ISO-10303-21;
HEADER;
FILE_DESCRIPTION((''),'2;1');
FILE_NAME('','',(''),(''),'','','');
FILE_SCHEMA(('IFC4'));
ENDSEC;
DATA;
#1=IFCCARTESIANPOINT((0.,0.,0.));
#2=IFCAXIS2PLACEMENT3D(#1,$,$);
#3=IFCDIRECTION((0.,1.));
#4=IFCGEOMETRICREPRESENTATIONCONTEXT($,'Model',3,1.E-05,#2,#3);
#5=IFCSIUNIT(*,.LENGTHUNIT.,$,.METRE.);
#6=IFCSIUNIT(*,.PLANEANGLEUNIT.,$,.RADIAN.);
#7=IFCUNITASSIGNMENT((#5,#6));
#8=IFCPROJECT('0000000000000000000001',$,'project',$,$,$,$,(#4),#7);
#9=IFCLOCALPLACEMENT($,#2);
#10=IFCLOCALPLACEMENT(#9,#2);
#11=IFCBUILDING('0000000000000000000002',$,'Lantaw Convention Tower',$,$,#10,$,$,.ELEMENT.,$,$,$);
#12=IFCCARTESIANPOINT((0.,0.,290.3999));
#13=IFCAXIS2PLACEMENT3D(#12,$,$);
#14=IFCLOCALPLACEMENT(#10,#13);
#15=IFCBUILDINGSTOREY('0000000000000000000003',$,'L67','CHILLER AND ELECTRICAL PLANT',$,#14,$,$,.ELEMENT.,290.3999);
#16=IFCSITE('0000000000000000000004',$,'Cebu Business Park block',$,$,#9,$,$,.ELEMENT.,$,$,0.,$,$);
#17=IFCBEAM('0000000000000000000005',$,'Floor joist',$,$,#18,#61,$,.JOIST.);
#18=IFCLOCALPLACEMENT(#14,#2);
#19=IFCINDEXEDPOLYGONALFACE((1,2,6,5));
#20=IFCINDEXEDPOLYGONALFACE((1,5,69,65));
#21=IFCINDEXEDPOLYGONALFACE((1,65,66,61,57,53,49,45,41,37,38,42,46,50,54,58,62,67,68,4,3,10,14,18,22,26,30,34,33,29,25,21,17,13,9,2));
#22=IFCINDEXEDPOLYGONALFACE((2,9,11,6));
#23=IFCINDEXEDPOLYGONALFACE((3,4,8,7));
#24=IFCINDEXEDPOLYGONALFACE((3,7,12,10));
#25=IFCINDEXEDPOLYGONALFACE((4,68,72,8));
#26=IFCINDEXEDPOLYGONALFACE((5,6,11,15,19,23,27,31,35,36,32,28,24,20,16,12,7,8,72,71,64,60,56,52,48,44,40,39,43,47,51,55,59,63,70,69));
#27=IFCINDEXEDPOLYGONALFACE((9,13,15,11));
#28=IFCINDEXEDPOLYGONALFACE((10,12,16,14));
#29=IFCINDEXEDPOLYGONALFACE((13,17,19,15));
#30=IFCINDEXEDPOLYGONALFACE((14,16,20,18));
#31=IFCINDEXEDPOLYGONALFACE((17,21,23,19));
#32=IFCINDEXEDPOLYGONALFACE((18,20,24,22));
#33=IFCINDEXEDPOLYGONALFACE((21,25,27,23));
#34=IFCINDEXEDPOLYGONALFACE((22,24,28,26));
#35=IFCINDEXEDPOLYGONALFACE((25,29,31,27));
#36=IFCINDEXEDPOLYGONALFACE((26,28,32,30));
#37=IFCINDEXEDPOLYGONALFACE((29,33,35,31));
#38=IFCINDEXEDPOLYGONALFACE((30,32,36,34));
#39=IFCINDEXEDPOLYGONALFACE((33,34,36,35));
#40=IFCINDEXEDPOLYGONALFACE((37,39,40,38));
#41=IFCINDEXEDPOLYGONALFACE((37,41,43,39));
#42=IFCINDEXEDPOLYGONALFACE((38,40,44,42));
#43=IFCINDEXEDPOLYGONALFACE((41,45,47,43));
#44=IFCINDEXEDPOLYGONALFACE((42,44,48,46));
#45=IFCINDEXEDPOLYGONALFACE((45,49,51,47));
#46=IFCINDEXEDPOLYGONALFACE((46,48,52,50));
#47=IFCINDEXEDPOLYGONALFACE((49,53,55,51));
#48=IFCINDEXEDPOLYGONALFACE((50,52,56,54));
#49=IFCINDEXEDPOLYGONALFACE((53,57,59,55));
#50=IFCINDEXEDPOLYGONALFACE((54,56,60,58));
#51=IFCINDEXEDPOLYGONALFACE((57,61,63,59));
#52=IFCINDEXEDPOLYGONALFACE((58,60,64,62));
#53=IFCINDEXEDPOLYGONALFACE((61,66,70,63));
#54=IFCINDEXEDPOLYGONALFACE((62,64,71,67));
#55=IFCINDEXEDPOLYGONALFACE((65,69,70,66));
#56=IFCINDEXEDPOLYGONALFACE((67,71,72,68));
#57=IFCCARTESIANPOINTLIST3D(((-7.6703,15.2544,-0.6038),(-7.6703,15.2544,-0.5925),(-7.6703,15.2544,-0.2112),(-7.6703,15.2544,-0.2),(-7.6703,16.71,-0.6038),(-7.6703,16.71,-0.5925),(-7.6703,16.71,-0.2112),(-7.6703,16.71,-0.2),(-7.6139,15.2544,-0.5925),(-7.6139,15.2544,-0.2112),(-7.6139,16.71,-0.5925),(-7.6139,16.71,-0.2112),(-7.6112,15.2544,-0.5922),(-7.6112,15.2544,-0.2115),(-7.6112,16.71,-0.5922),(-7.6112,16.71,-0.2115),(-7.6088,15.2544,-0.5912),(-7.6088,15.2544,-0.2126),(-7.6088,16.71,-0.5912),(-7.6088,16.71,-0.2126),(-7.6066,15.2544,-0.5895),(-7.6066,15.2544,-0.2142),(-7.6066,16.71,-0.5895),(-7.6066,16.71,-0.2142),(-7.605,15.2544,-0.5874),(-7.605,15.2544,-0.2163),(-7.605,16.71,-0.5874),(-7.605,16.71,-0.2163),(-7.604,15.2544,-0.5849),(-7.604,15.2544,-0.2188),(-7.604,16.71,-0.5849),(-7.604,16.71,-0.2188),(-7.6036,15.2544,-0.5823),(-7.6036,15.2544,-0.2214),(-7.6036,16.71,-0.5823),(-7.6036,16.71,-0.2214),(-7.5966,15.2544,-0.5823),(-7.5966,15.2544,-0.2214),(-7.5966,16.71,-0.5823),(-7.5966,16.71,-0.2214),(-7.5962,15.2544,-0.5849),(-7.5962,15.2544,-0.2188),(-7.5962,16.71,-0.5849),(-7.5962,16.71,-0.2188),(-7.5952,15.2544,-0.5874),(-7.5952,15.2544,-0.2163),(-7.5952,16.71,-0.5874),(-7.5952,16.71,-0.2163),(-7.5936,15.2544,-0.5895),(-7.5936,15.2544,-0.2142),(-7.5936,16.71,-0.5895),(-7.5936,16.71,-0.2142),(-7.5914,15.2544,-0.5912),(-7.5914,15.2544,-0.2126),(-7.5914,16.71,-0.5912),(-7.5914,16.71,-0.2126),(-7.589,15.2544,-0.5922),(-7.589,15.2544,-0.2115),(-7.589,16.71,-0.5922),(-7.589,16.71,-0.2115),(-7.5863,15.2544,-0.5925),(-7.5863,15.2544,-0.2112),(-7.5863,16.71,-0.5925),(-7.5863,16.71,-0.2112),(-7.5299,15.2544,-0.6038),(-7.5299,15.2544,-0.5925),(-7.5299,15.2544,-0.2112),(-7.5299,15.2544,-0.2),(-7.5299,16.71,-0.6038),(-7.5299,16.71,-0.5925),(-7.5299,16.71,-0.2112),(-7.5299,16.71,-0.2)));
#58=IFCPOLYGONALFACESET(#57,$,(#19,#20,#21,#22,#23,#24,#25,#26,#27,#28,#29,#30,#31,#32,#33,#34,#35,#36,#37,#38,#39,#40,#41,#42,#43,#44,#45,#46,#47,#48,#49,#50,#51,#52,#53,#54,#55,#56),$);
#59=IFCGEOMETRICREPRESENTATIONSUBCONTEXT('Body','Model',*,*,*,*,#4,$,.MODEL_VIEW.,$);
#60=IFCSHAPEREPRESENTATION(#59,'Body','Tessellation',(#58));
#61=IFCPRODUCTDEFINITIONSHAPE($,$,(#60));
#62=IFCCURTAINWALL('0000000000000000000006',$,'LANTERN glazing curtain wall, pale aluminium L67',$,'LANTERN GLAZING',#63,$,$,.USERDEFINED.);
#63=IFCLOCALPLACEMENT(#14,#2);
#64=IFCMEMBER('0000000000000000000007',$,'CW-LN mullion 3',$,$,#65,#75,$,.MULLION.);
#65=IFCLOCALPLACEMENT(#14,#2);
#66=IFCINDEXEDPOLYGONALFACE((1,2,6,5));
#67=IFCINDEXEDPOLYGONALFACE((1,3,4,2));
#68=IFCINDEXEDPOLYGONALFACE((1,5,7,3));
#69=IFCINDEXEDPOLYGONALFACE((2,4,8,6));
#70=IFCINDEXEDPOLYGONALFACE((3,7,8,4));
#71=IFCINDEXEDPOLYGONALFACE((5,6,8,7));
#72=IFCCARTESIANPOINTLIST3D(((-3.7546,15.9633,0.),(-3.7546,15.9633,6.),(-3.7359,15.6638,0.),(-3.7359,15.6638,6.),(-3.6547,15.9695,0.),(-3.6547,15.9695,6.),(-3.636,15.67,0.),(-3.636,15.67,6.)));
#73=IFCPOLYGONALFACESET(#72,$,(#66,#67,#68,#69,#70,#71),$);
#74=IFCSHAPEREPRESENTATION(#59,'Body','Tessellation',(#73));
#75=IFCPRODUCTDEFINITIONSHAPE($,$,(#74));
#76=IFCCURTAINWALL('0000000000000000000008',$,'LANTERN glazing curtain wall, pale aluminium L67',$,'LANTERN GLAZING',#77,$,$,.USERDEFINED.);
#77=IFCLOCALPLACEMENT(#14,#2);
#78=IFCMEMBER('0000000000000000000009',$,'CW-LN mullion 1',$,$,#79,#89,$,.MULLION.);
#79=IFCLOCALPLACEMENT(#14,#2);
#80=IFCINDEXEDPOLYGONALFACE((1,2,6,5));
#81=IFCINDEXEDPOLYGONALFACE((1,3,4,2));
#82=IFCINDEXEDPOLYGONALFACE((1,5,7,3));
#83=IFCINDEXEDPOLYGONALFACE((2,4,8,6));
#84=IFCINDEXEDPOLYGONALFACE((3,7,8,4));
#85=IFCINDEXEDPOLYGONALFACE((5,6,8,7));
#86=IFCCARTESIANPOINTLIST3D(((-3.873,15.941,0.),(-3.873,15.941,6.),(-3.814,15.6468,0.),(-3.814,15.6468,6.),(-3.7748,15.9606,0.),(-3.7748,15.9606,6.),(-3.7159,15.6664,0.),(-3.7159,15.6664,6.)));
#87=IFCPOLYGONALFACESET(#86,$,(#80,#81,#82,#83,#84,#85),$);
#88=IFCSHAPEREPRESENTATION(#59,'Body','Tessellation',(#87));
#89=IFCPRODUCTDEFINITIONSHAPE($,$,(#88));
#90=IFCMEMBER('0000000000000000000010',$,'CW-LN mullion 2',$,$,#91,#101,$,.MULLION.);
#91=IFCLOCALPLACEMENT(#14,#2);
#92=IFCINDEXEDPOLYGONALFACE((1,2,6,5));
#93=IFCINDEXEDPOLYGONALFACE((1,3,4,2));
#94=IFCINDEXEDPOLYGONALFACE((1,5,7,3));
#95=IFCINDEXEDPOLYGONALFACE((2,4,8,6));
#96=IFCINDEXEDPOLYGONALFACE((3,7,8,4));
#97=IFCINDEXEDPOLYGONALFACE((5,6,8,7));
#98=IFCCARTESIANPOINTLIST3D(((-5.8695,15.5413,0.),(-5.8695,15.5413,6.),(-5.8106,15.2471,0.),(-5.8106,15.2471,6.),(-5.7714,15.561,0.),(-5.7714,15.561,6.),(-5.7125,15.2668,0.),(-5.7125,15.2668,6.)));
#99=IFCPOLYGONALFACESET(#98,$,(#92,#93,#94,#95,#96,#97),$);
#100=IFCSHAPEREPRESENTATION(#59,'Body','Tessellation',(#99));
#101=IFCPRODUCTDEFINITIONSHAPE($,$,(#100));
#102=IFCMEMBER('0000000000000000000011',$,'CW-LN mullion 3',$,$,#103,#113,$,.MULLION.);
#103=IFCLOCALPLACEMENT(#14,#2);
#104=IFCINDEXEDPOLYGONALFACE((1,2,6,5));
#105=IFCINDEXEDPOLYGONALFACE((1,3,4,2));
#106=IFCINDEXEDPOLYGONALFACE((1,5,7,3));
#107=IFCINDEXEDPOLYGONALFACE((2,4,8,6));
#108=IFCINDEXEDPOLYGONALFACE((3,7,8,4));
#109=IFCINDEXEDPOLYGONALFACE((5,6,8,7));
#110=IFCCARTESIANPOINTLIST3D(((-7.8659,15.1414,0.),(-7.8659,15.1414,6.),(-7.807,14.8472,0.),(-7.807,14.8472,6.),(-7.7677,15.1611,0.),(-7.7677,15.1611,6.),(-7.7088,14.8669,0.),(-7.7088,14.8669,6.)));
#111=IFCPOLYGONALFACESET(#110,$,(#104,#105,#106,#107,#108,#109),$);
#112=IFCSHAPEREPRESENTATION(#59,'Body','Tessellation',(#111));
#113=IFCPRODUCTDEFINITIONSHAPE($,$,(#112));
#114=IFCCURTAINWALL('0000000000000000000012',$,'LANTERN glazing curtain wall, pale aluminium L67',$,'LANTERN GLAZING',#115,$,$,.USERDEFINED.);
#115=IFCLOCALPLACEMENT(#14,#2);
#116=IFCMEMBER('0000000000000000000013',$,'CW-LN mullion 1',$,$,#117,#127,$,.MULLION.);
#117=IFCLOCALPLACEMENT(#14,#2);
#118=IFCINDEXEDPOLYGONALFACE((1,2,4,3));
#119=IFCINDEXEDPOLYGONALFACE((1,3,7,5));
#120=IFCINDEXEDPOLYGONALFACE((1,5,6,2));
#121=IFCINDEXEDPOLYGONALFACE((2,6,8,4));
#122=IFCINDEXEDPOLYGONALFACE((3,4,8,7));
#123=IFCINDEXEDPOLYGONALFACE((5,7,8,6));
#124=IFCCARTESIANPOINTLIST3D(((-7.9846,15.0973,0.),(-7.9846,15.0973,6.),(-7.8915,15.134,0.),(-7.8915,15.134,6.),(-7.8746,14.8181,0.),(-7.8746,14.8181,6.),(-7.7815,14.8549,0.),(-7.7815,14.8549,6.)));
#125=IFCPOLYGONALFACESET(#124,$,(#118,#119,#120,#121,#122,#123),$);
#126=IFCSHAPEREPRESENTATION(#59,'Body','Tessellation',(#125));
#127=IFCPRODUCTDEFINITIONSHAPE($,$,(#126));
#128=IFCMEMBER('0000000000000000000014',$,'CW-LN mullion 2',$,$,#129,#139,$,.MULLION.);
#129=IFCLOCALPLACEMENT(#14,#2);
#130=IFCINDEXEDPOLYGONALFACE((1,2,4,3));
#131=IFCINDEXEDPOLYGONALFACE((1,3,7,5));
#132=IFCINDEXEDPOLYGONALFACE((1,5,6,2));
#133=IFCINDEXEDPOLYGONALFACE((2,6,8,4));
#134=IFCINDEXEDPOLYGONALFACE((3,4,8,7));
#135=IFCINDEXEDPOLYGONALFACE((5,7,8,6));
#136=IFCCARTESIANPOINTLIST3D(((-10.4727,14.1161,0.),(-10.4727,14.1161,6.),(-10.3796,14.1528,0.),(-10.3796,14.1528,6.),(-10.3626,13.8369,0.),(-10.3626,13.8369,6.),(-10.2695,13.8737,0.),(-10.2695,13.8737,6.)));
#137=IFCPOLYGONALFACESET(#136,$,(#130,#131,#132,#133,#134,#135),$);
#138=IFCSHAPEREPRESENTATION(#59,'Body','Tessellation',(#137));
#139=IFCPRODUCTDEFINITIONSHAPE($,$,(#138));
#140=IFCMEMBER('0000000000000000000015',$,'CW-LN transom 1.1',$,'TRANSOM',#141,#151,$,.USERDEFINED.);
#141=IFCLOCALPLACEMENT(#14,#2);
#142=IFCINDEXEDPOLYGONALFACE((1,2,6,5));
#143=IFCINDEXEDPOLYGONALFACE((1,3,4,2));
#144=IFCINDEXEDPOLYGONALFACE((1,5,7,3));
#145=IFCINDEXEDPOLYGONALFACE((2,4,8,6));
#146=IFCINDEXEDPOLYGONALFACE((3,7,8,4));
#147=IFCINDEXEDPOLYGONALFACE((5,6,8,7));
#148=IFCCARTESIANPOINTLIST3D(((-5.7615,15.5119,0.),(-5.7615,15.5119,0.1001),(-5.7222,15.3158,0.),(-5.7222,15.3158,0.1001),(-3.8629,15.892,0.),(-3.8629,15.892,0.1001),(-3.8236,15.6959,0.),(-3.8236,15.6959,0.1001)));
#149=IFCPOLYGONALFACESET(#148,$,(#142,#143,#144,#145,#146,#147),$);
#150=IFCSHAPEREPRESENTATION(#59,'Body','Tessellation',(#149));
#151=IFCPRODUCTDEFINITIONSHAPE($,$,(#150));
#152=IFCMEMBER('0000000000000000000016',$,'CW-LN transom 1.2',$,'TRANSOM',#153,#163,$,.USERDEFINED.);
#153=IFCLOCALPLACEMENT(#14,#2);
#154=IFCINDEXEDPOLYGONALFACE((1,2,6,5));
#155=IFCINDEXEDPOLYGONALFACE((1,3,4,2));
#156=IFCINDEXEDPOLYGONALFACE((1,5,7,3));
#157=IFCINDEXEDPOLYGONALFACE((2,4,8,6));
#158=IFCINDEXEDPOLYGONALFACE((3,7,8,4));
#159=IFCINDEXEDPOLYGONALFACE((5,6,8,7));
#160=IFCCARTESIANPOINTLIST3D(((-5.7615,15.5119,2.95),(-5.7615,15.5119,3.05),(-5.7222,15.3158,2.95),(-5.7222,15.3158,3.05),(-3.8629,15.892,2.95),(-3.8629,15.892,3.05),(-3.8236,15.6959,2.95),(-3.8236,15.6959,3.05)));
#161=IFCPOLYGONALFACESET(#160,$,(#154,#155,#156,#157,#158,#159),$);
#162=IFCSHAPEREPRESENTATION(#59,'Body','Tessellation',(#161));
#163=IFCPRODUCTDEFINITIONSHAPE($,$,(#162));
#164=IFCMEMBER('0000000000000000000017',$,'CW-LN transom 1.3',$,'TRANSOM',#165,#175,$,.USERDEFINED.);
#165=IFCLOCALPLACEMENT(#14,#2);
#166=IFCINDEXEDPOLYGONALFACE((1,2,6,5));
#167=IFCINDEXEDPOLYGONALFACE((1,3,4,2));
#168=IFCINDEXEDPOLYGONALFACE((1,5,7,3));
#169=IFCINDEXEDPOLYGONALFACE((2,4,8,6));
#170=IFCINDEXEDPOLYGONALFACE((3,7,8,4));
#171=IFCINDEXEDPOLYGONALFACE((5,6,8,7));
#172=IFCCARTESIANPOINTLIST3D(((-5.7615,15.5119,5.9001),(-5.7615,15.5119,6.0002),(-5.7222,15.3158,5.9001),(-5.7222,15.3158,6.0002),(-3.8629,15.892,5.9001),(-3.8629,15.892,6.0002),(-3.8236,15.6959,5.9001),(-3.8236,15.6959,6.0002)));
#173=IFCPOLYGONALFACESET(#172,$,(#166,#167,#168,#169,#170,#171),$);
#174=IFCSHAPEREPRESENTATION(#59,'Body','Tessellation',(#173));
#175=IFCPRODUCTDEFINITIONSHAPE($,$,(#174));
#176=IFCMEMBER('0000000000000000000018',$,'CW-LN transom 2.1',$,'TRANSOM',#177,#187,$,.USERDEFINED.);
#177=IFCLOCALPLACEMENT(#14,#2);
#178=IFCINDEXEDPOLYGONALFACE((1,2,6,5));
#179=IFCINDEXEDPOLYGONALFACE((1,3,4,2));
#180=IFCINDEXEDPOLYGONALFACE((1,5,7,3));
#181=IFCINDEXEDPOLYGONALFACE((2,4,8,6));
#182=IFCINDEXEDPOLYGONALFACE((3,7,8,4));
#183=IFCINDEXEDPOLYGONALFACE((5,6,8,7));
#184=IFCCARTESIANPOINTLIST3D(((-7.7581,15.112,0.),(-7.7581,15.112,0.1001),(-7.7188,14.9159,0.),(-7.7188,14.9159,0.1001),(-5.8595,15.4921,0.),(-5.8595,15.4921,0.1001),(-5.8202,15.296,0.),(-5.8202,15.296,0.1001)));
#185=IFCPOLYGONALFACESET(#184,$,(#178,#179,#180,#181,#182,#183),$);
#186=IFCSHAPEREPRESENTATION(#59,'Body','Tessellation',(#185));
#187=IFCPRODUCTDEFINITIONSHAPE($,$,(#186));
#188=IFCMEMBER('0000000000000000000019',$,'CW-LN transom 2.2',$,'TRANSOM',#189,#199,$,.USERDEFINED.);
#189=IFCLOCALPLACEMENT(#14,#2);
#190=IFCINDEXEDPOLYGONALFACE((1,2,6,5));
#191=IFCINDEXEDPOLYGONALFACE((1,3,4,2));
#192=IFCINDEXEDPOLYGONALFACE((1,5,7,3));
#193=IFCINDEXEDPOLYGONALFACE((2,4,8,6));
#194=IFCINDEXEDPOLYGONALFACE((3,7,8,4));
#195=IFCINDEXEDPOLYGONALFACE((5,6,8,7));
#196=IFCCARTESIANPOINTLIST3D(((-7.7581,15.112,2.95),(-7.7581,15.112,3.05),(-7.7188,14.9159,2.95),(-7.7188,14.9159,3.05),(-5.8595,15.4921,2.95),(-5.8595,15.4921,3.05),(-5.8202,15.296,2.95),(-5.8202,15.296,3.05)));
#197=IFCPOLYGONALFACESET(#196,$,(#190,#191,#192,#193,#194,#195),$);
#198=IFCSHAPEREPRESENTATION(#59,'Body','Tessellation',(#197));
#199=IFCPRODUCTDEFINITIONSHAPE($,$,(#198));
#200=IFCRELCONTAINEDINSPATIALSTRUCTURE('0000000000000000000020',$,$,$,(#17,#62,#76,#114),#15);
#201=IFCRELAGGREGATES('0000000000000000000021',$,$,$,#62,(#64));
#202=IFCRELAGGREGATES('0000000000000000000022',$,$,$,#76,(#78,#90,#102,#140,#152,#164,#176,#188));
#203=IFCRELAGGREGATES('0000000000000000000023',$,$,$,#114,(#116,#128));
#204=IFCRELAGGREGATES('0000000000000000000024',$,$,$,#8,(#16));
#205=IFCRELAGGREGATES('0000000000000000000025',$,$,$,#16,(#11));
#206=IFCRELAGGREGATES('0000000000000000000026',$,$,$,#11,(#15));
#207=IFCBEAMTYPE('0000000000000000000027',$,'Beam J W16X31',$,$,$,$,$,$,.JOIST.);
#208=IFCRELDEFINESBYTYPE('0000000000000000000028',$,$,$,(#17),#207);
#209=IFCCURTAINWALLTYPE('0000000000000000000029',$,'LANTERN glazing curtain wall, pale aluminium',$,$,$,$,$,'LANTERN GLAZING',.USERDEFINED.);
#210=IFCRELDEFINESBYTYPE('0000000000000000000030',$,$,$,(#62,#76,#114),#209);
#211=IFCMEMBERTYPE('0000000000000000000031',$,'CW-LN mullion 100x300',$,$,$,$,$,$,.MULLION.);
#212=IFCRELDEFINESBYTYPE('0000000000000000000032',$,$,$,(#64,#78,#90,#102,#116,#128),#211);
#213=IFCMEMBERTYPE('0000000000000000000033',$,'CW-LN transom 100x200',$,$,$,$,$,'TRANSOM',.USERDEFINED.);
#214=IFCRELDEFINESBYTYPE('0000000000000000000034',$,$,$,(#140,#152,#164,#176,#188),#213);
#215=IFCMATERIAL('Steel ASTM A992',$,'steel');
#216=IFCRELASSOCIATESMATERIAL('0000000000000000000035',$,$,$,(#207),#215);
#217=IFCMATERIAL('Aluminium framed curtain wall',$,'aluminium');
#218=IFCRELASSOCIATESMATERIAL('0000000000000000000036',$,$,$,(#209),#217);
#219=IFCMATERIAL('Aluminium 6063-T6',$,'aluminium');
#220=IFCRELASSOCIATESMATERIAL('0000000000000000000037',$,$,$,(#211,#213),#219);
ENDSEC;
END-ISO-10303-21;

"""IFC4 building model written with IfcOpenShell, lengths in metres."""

from ifc_helpers import new_model, si_unit, direction, frame, origin, origin_2d, place, context, subcontext, project, spatial, rectangle, i_section, extrude, material, material_profile, profile_set, type_object, element, aggregate, save


model = new_model("IFC4")

# Units and contexts
model_context = context("Model", 3, precision=1e-05, world=origin(), true_north=direction((0.0, 1.0)))
body_context = subcontext(model_context, "Body", "Model", "MODEL_VIEW")
ifc_project = project(units=[si_unit("LENGTHUNIT", "METRE"), si_unit("PLANEANGLEUNIT", "RADIAN")], contexts=[model_context])

# Site, building, storey
site_placement = place(None, origin())
site = spatial("IfcSite", under=ifc_project, at=site_placement, Name="Cebu Business Park block", CompositionType="ELEMENT", RefElevation=0.0)
building_placement = place(site_placement, origin())
building = spatial("IfcBuilding", under=site, at=building_placement, Name="Lantaw Convention Tower", CompositionType="ELEMENT")
storey_placement = place(building_placement, frame((0.0, 0.0, 290.3999)))
storey = spatial("IfcBuildingStorey", under=building, at=storey_placement, Name="L67", Description="CHILLER AND ELECTRICAL PLANT", CompositionType="ELEMENT", Elevation=290.3999)

# Beam
ifc_material_1 = material(Name="Steel ASTM A992", Category="steel")
ifc_material_profile_1 = material_profile(ifc_material_1, i_section(OverallWidth=0.1404, OverallDepth=0.4038, WebThickness=0.0071, FlangeThickness=0.0112, FilletRadius=0.0103, at=origin_2d()), Name="W16X31")
ifc_profile_set_1 = profile_set([ifc_material_profile_1], Name="Steel ASTM A992")
beam_type = type_object("IfcBeamType", Name="Beam J W16X31", PredefinedType="JOIST", material=ifc_profile_set_1)
beam_placement = place(storey_placement, frame((-7.6001, 15.2544, -0.4019), z_axis=(0.0, 1.0, 0.0), x_axis=(-1.0, 0.0, 0.0)))
element("IfcBeam", 1, at=beam_placement, inside=storey, type_object=beam_type, Name="Floor joist", PredefinedType="JOIST", context=body_context, shape_type="SweptSolid", body=[
    extrude(i_section(OverallWidth=0.1404, OverallDepth=0.4038, WebThickness=0.0071, FlangeThickness=0.0112, FilletRadius=0.0103, at=origin_2d()), origin(), (0.0, 0.0, 1.0), 1.4556),
])

# Curtain wall, member
ifc_material_2 = material(Name="Aluminium framed curtain wall", Category="aluminium")
curtain_wall_type = type_object("IfcCurtainWallType", Name="LANTERN glazing curtain wall, pale aluminium", ElementType="LANTERN GLAZING", PredefinedType="USERDEFINED", material=ifc_material_2)
curtain_wall_1_placement = place(storey_placement, origin())
curtain_wall_1 = element("IfcCurtainWall", 2, at=curtain_wall_1_placement, inside=storey, type_object=curtain_wall_type, Name="LANTERN glazing curtain wall, pale aluminium L67", ObjectType="LANTERN GLAZING", PredefinedType="USERDEFINED")
ifc_material_3 = material(Name="Aluminium 6063-T6", Category="aluminium")
ifc_material_profile_2 = material_profile(ifc_material_3, rectangle(XDim=0.3, YDim=0.1001, at=origin_2d()), Name="CW-LN mullion 100x300")
ifc_profile_set_2 = profile_set([ifc_material_profile_2], Name="Aluminium 6063-T6")
member_type_1 = type_object("IfcMemberType", Name="CW-LN mullion 100x300", PredefinedType="MULLION", material=ifc_profile_set_2)
member_1_placement = place(storey_placement, frame((-3.6953, 15.8167, 0.0), z_axis=(0.0, 0.0, 1.0), x_axis=(0.062489, -0.998046, 0.0)))
member_1 = element("IfcMember", 3, at=member_1_placement, type_object=member_type_1, Name="CW-LN mullion 3", PredefinedType="MULLION", context=body_context, shape_type="SweptSolid", body=[
    extrude(rectangle(XDim=0.3, YDim=0.1001, at=origin_2d()), origin(), (0.0, 0.0, 1.0), 6.0),
])

# Curtain walls, members
curtain_wall_2_placement = place(storey_placement, origin())
curtain_wall_2 = element("IfcCurtainWall", 4, at=curtain_wall_2_placement, inside=storey, type_object=curtain_wall_type, Name="LANTERN glazing curtain wall, pale aluminium L67", ObjectType="LANTERN GLAZING", PredefinedType="USERDEFINED")
member_2_placement = place(storey_placement, frame((-3.7944, 15.8037, 0.0), z_axis=(0.0, 0.0, 1.0), x_axis=(0.196367, -0.98053, 0.0)))
member_2 = element("IfcMember", 5, at=member_2_placement, type_object=member_type_1, Name="CW-LN mullion 1", PredefinedType="MULLION", context=body_context, shape_type="SweptSolid", body=[
    extrude(rectangle(XDim=0.3, YDim=0.1001, at=origin_2d()), origin(), (0.0, 0.0, 1.0), 6.0),
])
member_3_placement = place(storey_placement, frame((-5.791, 15.4041, 0.0), z_axis=(0.0, 0.0, 1.0), x_axis=(0.196367, -0.98053, 0.0)))
member_3 = element("IfcMember", 6, at=member_3_placement, type_object=member_type_1, Name="CW-LN mullion 2", PredefinedType="MULLION", context=body_context, shape_type="SweptSolid", body=[
    extrude(rectangle(XDim=0.3, YDim=0.1001, at=origin_2d()), origin(), (0.0, 0.0, 1.0), 6.0),
])
member_4_placement = place(storey_placement, frame((-7.7874, 15.0042, 0.0), z_axis=(0.0, 0.0, 1.0), x_axis=(0.196367, -0.98053, 0.0)))
member_4 = element("IfcMember", 7, at=member_4_placement, type_object=member_type_1, Name="CW-LN mullion 3", PredefinedType="MULLION", context=body_context, shape_type="SweptSolid", body=[
    extrude(rectangle(XDim=0.3, YDim=0.1001, at=origin_2d()), origin(), (0.0, 0.0, 1.0), 6.0),
])
curtain_wall_3_placement = place(storey_placement, origin())
curtain_wall_3 = element("IfcCurtainWall", 8, at=curtain_wall_3_placement, inside=storey, type_object=curtain_wall_type, Name="LANTERN glazing curtain wall, pale aluminium L67", ObjectType="LANTERN GLAZING", PredefinedType="USERDEFINED")
member_5_placement = place(storey_placement, frame((-7.8831, 14.9761, 0.0), z_axis=(0.0, 0.0, 1.0), x_axis=(0.366802, -0.930299, 0.0)))
member_5 = element("IfcMember", 9, at=member_5_placement, type_object=member_type_1, Name="CW-LN mullion 1", PredefinedType="MULLION", context=body_context, shape_type="SweptSolid", body=[
    extrude(rectangle(XDim=0.3, YDim=0.1001, at=origin_2d()), origin(), (0.0, 0.0, 1.0), 6.0),
])
member_6_placement = place(storey_placement, frame((-10.3711, 13.9949, 0.0), z_axis=(0.0, 0.0, 1.0), x_axis=(0.366802, -0.930299, 0.0)))
member_6 = element("IfcMember", 10, at=member_6_placement, type_object=member_type_1, Name="CW-LN mullion 2", PredefinedType="MULLION", context=body_context, shape_type="SweptSolid", body=[
    extrude(rectangle(XDim=0.3, YDim=0.1001, at=origin_2d()), origin(), (0.0, 0.0, 1.0), 6.0),
])

# Members
ifc_material_profile_3 = material_profile(ifc_material_3, rectangle(XDim=0.2, YDim=0.1001, at=origin_2d()), Name="CW-LN transom 100x200")
ifc_profile_set_3 = profile_set([ifc_material_profile_3], Name="Aluminium 6063-T6")
member_type_2 = type_object("IfcMemberType", Name="CW-LN transom 100x200", ElementType="TRANSOM", PredefinedType="USERDEFINED", material=ifc_profile_set_3)
member_7_placement = place(storey_placement, frame((-3.8433, 15.7939, 0.05), z_axis=(-0.980542, -0.19631, 0.0), x_axis=(0.19631, -0.980542, 0.0)))
member_7 = element("IfcMember", 11, at=member_7_placement, type_object=member_type_2, Name="CW-LN transom 1.1", ObjectType="TRANSOM", PredefinedType="USERDEFINED", context=body_context, shape_type="SweptSolid", body=[
    extrude(rectangle(XDim=0.2, YDim=0.1001, at=origin_2d()), origin(), (0.0, 0.0, 1.0), 1.9363),
])
member_8_placement = place(storey_placement, frame((-3.8433, 15.7939, 3.0), z_axis=(-0.980542, -0.19631, 0.0), x_axis=(0.19631, -0.980542, 0.0)))
member_8 = element("IfcMember", 12, at=member_8_placement, type_object=member_type_2, Name="CW-LN transom 1.2", ObjectType="TRANSOM", PredefinedType="USERDEFINED", context=body_context, shape_type="SweptSolid", body=[
    extrude(rectangle(XDim=0.2, YDim=0.1001, at=origin_2d()), origin(), (0.0, 0.0, 1.0), 1.9363),
])
member_9_placement = place(storey_placement, frame((-3.8433, 15.7939, 5.9502), z_axis=(-0.980542, -0.19631, 0.0), x_axis=(0.19631, -0.980542, 0.0)))
member_9 = element("IfcMember", 13, at=member_9_placement, type_object=member_type_2, Name="CW-LN transom 1.3", ObjectType="TRANSOM", PredefinedType="USERDEFINED", context=body_context, shape_type="SweptSolid", body=[
    extrude(rectangle(XDim=0.2, YDim=0.1001, at=origin_2d()), origin(), (0.0, 0.0, 1.0), 1.9363),
])
member_10_placement = place(storey_placement, frame((-5.8398, 15.394, 0.05), z_axis=(-0.980542, -0.19631, 0.0), x_axis=(0.19631, -0.980542, 0.0)))
member_10 = element("IfcMember", 14, at=member_10_placement, type_object=member_type_2, Name="CW-LN transom 2.1", ObjectType="TRANSOM", PredefinedType="USERDEFINED", context=body_context, shape_type="SweptSolid", body=[
    extrude(rectangle(XDim=0.2, YDim=0.1001, at=origin_2d()), origin(), (0.0, 0.0, 1.0), 1.9363),
])
member_11_placement = place(storey_placement, frame((-5.8398, 15.394, 3.0), z_axis=(-0.980542, -0.19631, 0.0), x_axis=(0.19631, -0.980542, 0.0)))
member_11 = element("IfcMember", 15, at=member_11_placement, type_object=member_type_2, Name="CW-LN transom 2.2", ObjectType="TRANSOM", PredefinedType="USERDEFINED", context=body_context, shape_type="SweptSolid", body=[
    extrude(rectangle(XDim=0.2, YDim=0.1001, at=origin_2d()), origin(), (0.0, 0.0, 1.0), 1.9363),
])

aggregate(curtain_wall_1, [member_1])
aggregate(curtain_wall_2, [member_2, member_3, member_4, member_7, member_8, member_9, member_10, member_11])
aggregate(curtain_wall_3, [member_5, member_6])

save(model, "model.ifc")
